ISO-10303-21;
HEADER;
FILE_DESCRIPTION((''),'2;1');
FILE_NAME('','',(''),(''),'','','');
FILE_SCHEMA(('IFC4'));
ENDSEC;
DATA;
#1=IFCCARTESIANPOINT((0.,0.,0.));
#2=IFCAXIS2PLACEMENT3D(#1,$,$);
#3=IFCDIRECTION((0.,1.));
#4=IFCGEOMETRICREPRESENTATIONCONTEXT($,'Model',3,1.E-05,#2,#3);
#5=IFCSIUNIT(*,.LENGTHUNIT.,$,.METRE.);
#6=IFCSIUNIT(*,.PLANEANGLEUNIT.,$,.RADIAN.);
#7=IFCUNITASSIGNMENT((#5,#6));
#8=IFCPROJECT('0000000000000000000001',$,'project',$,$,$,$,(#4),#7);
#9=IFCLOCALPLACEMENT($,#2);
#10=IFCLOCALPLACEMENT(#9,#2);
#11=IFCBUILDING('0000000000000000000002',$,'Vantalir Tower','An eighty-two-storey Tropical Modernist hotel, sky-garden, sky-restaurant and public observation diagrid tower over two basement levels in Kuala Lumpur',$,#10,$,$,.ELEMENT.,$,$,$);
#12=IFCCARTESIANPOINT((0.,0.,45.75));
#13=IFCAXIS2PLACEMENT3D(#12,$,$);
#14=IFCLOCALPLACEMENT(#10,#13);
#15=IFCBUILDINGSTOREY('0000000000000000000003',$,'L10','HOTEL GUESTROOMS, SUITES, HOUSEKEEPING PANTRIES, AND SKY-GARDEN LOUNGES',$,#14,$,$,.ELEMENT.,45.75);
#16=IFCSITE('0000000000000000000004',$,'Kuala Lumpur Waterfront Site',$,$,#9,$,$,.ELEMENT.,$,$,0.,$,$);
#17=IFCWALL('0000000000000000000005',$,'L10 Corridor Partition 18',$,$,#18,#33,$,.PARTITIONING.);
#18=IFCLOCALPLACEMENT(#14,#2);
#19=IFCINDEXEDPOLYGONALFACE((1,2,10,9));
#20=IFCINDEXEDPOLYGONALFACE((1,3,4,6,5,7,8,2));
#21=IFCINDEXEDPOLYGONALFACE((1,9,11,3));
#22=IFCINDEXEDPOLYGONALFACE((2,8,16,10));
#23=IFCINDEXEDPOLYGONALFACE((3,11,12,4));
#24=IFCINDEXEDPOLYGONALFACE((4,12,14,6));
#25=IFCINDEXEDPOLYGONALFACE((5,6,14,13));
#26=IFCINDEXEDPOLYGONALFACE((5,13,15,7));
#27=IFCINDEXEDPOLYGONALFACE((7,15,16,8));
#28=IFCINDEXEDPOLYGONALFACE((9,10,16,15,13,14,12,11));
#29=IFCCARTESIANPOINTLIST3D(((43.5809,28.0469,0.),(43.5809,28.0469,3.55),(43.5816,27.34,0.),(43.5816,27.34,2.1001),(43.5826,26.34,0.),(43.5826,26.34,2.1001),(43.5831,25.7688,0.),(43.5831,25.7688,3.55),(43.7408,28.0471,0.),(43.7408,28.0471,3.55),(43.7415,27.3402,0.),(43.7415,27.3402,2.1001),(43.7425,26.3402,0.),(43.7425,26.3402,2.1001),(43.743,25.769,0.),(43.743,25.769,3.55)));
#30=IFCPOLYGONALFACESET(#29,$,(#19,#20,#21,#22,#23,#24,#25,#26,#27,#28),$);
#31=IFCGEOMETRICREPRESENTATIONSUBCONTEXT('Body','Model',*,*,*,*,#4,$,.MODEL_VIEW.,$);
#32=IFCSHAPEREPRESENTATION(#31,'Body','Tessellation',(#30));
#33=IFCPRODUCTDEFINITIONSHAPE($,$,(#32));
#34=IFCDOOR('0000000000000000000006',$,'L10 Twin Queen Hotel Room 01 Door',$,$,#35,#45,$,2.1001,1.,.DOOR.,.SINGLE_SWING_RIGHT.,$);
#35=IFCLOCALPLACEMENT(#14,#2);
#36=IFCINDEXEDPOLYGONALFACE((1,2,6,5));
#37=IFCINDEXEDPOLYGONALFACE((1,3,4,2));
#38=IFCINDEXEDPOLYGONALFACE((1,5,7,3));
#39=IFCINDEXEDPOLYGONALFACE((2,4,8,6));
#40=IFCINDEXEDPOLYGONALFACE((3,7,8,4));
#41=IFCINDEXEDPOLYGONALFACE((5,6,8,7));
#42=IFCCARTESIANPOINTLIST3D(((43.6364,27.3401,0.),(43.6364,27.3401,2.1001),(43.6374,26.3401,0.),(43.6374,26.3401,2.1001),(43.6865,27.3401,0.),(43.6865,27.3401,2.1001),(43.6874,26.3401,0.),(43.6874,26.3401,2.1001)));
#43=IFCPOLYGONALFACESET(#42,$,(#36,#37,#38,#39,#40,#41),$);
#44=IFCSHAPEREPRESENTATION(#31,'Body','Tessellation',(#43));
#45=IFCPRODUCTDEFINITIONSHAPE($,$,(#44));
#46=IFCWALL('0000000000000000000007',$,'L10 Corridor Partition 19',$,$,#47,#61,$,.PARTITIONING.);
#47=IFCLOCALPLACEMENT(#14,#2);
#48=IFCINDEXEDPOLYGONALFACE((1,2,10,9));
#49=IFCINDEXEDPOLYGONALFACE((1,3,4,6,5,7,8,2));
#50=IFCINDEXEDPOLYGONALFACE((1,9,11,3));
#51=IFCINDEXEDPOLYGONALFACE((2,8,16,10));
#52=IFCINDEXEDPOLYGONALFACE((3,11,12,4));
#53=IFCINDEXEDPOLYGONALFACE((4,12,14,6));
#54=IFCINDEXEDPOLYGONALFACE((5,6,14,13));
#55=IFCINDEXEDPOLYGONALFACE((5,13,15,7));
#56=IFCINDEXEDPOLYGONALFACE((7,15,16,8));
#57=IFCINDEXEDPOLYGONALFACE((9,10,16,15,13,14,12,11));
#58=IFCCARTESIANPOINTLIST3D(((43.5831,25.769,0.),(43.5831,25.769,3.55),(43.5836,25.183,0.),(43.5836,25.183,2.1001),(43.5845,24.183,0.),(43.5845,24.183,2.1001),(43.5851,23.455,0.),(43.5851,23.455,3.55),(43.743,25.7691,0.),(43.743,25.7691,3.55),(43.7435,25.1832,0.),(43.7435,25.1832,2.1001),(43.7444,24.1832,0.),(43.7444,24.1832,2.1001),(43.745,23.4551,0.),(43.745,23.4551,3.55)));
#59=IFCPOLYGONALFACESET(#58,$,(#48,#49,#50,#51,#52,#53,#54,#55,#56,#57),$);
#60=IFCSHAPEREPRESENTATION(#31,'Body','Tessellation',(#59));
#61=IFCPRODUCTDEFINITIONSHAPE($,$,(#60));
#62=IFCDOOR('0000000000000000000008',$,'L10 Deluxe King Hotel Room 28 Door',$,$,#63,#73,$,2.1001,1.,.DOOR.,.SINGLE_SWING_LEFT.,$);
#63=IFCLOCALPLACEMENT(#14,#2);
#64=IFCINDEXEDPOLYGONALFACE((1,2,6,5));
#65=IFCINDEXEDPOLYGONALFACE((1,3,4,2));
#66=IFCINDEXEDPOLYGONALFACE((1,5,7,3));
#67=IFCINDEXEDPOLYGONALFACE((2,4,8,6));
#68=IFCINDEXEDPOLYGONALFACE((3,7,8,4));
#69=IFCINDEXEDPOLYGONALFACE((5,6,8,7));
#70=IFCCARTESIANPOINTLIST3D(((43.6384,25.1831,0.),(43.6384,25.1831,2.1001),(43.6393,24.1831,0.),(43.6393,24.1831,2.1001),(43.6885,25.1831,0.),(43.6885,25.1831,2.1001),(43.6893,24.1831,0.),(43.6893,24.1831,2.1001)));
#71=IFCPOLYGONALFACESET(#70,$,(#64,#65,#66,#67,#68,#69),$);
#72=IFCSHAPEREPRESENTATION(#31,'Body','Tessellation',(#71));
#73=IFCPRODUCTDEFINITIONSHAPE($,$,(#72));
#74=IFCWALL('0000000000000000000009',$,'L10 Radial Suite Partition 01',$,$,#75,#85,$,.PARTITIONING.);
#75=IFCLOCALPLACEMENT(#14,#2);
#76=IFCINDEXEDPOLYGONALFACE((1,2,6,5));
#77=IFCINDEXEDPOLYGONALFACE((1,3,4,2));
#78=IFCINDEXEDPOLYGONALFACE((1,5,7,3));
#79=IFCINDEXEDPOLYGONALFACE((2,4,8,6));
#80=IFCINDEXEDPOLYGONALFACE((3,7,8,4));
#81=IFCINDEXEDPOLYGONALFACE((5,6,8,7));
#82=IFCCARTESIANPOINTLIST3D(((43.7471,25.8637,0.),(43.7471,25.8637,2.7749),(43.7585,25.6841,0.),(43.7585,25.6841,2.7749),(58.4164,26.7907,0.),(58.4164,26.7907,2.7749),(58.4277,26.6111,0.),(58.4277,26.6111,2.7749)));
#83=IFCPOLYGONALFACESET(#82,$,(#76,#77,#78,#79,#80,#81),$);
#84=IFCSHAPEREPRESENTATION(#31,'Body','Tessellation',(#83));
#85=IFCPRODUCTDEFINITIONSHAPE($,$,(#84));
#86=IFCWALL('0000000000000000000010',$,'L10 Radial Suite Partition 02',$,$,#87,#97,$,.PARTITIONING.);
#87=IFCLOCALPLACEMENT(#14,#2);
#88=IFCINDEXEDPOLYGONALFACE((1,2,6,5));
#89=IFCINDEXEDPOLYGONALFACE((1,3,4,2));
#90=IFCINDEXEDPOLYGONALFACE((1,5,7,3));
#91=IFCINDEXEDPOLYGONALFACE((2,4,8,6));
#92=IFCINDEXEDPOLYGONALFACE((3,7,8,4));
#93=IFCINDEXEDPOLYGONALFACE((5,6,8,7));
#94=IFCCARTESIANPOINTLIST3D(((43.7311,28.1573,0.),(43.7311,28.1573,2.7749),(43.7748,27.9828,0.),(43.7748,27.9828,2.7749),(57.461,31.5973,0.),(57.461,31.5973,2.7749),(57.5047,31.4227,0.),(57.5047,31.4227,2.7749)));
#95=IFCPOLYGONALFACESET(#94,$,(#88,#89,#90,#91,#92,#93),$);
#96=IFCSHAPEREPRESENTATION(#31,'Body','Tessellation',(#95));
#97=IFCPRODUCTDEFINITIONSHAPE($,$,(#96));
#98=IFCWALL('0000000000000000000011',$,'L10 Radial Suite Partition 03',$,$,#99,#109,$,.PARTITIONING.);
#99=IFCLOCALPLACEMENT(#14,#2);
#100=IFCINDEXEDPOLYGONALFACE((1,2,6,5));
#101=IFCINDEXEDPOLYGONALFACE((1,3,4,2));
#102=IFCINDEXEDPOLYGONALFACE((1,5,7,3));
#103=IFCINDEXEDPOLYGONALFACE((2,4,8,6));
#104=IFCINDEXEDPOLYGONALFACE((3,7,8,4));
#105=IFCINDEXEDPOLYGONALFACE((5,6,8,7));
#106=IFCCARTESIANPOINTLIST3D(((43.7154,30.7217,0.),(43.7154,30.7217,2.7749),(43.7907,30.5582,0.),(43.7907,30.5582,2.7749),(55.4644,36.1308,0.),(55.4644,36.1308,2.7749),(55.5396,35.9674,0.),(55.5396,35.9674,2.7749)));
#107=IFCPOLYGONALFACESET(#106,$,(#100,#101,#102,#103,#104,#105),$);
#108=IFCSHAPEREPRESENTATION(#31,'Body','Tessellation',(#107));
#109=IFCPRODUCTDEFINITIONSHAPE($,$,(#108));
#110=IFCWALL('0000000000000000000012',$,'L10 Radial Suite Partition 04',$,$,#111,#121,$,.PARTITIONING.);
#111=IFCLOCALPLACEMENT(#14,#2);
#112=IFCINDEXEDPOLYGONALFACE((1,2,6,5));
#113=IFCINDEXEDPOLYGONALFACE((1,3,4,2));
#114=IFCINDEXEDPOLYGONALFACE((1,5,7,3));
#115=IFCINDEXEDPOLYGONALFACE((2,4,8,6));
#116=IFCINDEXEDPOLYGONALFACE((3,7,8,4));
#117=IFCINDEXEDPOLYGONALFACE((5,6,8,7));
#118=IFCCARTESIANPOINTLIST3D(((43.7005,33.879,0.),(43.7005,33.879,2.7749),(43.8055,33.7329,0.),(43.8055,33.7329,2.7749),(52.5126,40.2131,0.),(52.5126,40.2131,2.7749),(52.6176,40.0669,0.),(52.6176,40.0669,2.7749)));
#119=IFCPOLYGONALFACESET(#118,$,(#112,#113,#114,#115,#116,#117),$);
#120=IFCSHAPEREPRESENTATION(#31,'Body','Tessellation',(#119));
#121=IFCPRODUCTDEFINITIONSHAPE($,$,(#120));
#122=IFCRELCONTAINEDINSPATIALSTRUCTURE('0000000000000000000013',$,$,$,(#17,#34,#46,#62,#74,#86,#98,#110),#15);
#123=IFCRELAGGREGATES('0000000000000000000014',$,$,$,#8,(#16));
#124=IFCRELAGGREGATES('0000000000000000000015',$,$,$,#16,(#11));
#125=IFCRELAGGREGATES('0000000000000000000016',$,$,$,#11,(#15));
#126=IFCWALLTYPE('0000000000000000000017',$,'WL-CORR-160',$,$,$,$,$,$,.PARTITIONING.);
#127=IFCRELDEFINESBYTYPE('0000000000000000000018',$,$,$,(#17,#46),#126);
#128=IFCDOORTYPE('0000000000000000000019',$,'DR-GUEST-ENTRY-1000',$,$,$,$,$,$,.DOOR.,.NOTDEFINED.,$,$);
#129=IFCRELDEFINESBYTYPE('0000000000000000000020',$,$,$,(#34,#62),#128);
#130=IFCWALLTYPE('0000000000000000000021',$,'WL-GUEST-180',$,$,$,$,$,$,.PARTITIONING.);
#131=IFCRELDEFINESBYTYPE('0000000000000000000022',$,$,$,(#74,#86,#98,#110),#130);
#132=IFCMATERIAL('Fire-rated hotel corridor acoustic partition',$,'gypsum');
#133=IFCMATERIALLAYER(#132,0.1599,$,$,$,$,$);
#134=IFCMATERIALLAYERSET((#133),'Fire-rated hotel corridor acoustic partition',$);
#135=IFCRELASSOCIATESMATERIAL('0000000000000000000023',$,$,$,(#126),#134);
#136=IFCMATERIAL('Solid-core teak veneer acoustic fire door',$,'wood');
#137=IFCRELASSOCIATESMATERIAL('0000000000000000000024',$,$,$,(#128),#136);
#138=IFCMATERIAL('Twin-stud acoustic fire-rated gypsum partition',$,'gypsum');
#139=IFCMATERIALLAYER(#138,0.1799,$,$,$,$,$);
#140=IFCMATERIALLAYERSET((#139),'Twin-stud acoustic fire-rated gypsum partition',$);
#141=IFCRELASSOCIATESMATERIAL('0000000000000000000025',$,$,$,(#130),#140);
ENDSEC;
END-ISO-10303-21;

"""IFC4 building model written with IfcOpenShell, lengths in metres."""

from ifc_helpers import new_model, si_unit, direction, frame, frame_2d, origin, place, context, subcontext, project, spatial, rectangle, extrude, material, layer, layer_set, type_object, element, fill, save


model = new_model("IFC4")

# Units and contexts
model_context = context("Model", 3, precision=1e-05, world=origin(), true_north=direction((0.0, 1.0)))
body_context = subcontext(model_context, "Body", "Model", "MODEL_VIEW")
ifc_project = project(units=[si_unit("LENGTHUNIT", "METRE"), si_unit("PLANEANGLEUNIT", "RADIAN")], contexts=[model_context])

# Site, building, storey
site_placement = place(None, origin())
site = spatial("IfcSite", under=ifc_project, at=site_placement, Name="Kuala Lumpur Waterfront Site", CompositionType="ELEMENT", RefElevation=0.0)
building_placement = place(site_placement, origin())
building = spatial("IfcBuilding", under=site, at=building_placement, Name="Vantalir Tower", Description="An eighty-two-storey Tropical Modernist hotel, sky-garden, sky-restaurant and public observation diagrid tower over two basement levels in Kuala Lumpur", CompositionType="ELEMENT")
storey_placement = place(building_placement, frame((0.0, 0.0, 45.75)))
storey = spatial("IfcBuildingStorey", under=building, at=storey_placement, Name="L10", Description="HOTEL GUESTROOMS, SUITES, HOUSEKEEPING PANTRIES, AND SKY-GARDEN LOUNGES", CompositionType="ELEMENT", Elevation=45.75)

# Shared definitions
ifc_material_1 = material(Name="Fire-rated hotel corridor acoustic partition", Category="gypsum")
ifc_layer_1 = layer(ifc_material_1, 0.1599)
ifc_layer_set_1 = layer_set([ifc_layer_1], Name="Fire-rated hotel corridor acoustic partition")
wall_type_1 = type_object("IfcWallType", Name="WL-CORR-160", PredefinedType="PARTITIONING", material=ifc_layer_set_1)

# Walls, openings, doors
ifc_material_2 = material(Name="Solid-core teak veneer acoustic fire door", Category="wood")
door_type_1 = type_object("IfcDoorType", Name="DR-GUEST-ENTRY-1000", OperationType="NOTDEFINED", PredefinedType="DOOR", material=ifc_material_2)
wall_1_placement = place(storey_placement, frame((43.6609, 28.0471, 0.0), z_axis=(0.0, 0.0, 1.0), x_axis=(0.000965, -1.0, 0.0)))
wall_1 = element("IfcWall", 1, at=wall_1_placement, inside=storey, type_object=wall_type_1, Name="L10 Corridor Partition 18", PredefinedType="PARTITIONING", context=body_context, shape_type="SweptSolid", body=[
    extrude(rectangle(XDim=2.2781, YDim=0.1599, at=frame_2d((1.1392, 0.0))), origin(), (0.0, 0.0, 1.0), 3.55),
])
opening_1_placement = place(wall_1_placement, frame((0.707, 0.0, 0.0)))
opening_1 = element("IfcOpeningElement", 2, at=opening_1_placement, cuts=wall_1, PredefinedType="OPENING", context=body_context, shape_type="SweptSolid", body=[
    extrude(rectangle(XDim=1.0, YDim=2.1001, at=frame_2d((0.5, 1.05))), frame((0.0, 0.0898, 0.0), z_axis=(0.0, -1.0, 0.0), x_axis=(1.0, 0.0, 0.0)), (0.0, 0.0, 1.0), 0.1799),
])
door_1_placement = place(opening_1_placement, origin())
door_1 = element("IfcDoor", 3, at=door_1_placement, inside=storey, type_object=door_type_1, Name="L10 Twin Queen Hotel Room 01 Door", OperationType="SINGLE_SWING_RIGHT", OverallHeight=2.1001, OverallWidth=1.0, PredefinedType="DOOR", context=body_context, shape_type="SweptSolid", body=[
    extrude(rectangle(XDim=1.0, YDim=2.1001, at=frame_2d((0.5, 1.05))), frame((0.0, 0.0249, 0.0), z_axis=(0.0, -1.0, 0.0), x_axis=(1.0, 0.0, 0.0)), (0.0, 0.0, 1.0), 0.05),
])
fill(opening_1, door_1)
wall_2_placement = place(storey_placement, frame((43.6631, 25.769, 0.0), z_axis=(0.0, 0.0, 1.0), x_axis=(0.000844, -1.0, 0.0)))
wall_2 = element("IfcWall", 4, at=wall_2_placement, inside=storey, type_object=wall_type_1, Name="L10 Corridor Partition 19", PredefinedType="PARTITIONING", context=body_context, shape_type="SweptSolid", body=[
    extrude(rectangle(XDim=2.314, YDim=0.1599, at=frame_2d((1.157, 0.0))), origin(), (0.0, 0.0, 1.0), 3.55),
])
opening_2_placement = place(wall_2_placement, frame((0.5859, 0.0, 0.0)))
opening_2 = element("IfcOpeningElement", 5, at=opening_2_placement, cuts=wall_2, PredefinedType="OPENING", context=body_context, shape_type="SweptSolid", body=[
    extrude(rectangle(XDim=1.0, YDim=2.1001, at=frame_2d((0.5, 1.05))), frame((0.0, 0.0898, 0.0), z_axis=(0.0, -1.0, 0.0), x_axis=(1.0, 0.0, 0.0)), (0.0, 0.0, 1.0), 0.1799),
])
door_2_placement = place(opening_2_placement, origin())
door_2 = element("IfcDoor", 6, at=door_2_placement, inside=storey, type_object=door_type_1, Name="L10 Deluxe King Hotel Room 28 Door", OperationType="SINGLE_SWING_LEFT", OverallHeight=2.1001, OverallWidth=1.0, PredefinedType="DOOR", context=body_context, shape_type="SweptSolid", body=[
    extrude(rectangle(XDim=1.0, YDim=2.1001, at=frame_2d((0.5, 1.05))), frame((0.0, 0.0249, 0.0), z_axis=(0.0, -1.0, 0.0), x_axis=(1.0, 0.0, 0.0)), (0.0, 0.0, 1.0), 0.05),
])
fill(opening_2, door_2)

# Walls
ifc_material_3 = material(Name="Twin-stud acoustic fire-rated gypsum partition", Category="gypsum")
ifc_layer_2 = layer(ifc_material_3, 0.1799)
ifc_layer_set_2 = layer_set([ifc_layer_2], Name="Twin-stud acoustic fire-rated gypsum partition")
wall_type_2 = type_object("IfcWallType", Name="WL-GUEST-180", PredefinedType="PARTITIONING", material=ifc_layer_set_2)
wall_3_placement = place(storey_placement, frame((43.7529, 25.7739, 0.0), z_axis=(0.0, 0.0, 1.0), x_axis=(0.998009, 0.063068, 0.0)))
element("IfcWall", 7, at=wall_3_placement, inside=storey, type_object=wall_type_2, Name="L10 Radial Suite Partition 01", PredefinedType="PARTITIONING", context=body_context, shape_type="SweptSolid", body=[
    extrude(rectangle(XDim=14.6985, YDim=0.1799, at=frame_2d((7.3491, 0.0))), origin(), (0.0, 0.0, 1.0), 2.7749),
])
wall_4_placement = place(storey_placement, frame((43.7529, 28.0701, 0.0), z_axis=(0.0, 0.0, 1.0), x_axis=(0.970019, 0.243031, 0.0)))
element("IfcWall", 8, at=wall_4_placement, inside=storey, type_object=wall_type_2, Name="L10 Radial Suite Partition 02", PredefinedType="PARTITIONING", context=body_context, shape_type="SweptSolid", body=[
    extrude(rectangle(XDim=14.1543, YDim=0.1799, at=frame_2d((7.0771, 0.0))), origin(), (0.0, 0.0, 1.0), 2.7749),
])
wall_5_placement = place(storey_placement, frame((43.7529, 30.6399, 0.0), z_axis=(0.0, 0.0, 1.0), x_axis=(0.908355, 0.418201, 0.0)))
element("IfcWall", 9, at=wall_5_placement, inside=storey, type_object=wall_type_2, Name="L10 Radial Suite Partition 03", PredefinedType="PARTITIONING", context=body_context, shape_type="SweptSolid", body=[
    extrude(rectangle(XDim=12.9343, YDim=0.1799, at=frame_2d((6.4673, 0.0))), origin(), (0.0, 0.0, 1.0), 2.7749),
])
wall_6_placement = place(storey_placement, frame((43.7529, 33.8059, 0.0), z_axis=(0.0, 0.0, 1.0), x_axis=(0.812, 0.583657, 0.0)))
element("IfcWall", 10, at=wall_6_placement, inside=storey, type_object=wall_type_2, Name="L10 Radial Suite Partition 04", PredefinedType="PARTITIONING", context=body_context, shape_type="SweptSolid", body=[
    extrude(rectangle(XDim=10.8523, YDim=0.1799, at=frame_2d((5.4263, 0.0))), origin(), (0.0, 0.0, 1.0), 2.7749),
])

save(model, "model.ifc")
